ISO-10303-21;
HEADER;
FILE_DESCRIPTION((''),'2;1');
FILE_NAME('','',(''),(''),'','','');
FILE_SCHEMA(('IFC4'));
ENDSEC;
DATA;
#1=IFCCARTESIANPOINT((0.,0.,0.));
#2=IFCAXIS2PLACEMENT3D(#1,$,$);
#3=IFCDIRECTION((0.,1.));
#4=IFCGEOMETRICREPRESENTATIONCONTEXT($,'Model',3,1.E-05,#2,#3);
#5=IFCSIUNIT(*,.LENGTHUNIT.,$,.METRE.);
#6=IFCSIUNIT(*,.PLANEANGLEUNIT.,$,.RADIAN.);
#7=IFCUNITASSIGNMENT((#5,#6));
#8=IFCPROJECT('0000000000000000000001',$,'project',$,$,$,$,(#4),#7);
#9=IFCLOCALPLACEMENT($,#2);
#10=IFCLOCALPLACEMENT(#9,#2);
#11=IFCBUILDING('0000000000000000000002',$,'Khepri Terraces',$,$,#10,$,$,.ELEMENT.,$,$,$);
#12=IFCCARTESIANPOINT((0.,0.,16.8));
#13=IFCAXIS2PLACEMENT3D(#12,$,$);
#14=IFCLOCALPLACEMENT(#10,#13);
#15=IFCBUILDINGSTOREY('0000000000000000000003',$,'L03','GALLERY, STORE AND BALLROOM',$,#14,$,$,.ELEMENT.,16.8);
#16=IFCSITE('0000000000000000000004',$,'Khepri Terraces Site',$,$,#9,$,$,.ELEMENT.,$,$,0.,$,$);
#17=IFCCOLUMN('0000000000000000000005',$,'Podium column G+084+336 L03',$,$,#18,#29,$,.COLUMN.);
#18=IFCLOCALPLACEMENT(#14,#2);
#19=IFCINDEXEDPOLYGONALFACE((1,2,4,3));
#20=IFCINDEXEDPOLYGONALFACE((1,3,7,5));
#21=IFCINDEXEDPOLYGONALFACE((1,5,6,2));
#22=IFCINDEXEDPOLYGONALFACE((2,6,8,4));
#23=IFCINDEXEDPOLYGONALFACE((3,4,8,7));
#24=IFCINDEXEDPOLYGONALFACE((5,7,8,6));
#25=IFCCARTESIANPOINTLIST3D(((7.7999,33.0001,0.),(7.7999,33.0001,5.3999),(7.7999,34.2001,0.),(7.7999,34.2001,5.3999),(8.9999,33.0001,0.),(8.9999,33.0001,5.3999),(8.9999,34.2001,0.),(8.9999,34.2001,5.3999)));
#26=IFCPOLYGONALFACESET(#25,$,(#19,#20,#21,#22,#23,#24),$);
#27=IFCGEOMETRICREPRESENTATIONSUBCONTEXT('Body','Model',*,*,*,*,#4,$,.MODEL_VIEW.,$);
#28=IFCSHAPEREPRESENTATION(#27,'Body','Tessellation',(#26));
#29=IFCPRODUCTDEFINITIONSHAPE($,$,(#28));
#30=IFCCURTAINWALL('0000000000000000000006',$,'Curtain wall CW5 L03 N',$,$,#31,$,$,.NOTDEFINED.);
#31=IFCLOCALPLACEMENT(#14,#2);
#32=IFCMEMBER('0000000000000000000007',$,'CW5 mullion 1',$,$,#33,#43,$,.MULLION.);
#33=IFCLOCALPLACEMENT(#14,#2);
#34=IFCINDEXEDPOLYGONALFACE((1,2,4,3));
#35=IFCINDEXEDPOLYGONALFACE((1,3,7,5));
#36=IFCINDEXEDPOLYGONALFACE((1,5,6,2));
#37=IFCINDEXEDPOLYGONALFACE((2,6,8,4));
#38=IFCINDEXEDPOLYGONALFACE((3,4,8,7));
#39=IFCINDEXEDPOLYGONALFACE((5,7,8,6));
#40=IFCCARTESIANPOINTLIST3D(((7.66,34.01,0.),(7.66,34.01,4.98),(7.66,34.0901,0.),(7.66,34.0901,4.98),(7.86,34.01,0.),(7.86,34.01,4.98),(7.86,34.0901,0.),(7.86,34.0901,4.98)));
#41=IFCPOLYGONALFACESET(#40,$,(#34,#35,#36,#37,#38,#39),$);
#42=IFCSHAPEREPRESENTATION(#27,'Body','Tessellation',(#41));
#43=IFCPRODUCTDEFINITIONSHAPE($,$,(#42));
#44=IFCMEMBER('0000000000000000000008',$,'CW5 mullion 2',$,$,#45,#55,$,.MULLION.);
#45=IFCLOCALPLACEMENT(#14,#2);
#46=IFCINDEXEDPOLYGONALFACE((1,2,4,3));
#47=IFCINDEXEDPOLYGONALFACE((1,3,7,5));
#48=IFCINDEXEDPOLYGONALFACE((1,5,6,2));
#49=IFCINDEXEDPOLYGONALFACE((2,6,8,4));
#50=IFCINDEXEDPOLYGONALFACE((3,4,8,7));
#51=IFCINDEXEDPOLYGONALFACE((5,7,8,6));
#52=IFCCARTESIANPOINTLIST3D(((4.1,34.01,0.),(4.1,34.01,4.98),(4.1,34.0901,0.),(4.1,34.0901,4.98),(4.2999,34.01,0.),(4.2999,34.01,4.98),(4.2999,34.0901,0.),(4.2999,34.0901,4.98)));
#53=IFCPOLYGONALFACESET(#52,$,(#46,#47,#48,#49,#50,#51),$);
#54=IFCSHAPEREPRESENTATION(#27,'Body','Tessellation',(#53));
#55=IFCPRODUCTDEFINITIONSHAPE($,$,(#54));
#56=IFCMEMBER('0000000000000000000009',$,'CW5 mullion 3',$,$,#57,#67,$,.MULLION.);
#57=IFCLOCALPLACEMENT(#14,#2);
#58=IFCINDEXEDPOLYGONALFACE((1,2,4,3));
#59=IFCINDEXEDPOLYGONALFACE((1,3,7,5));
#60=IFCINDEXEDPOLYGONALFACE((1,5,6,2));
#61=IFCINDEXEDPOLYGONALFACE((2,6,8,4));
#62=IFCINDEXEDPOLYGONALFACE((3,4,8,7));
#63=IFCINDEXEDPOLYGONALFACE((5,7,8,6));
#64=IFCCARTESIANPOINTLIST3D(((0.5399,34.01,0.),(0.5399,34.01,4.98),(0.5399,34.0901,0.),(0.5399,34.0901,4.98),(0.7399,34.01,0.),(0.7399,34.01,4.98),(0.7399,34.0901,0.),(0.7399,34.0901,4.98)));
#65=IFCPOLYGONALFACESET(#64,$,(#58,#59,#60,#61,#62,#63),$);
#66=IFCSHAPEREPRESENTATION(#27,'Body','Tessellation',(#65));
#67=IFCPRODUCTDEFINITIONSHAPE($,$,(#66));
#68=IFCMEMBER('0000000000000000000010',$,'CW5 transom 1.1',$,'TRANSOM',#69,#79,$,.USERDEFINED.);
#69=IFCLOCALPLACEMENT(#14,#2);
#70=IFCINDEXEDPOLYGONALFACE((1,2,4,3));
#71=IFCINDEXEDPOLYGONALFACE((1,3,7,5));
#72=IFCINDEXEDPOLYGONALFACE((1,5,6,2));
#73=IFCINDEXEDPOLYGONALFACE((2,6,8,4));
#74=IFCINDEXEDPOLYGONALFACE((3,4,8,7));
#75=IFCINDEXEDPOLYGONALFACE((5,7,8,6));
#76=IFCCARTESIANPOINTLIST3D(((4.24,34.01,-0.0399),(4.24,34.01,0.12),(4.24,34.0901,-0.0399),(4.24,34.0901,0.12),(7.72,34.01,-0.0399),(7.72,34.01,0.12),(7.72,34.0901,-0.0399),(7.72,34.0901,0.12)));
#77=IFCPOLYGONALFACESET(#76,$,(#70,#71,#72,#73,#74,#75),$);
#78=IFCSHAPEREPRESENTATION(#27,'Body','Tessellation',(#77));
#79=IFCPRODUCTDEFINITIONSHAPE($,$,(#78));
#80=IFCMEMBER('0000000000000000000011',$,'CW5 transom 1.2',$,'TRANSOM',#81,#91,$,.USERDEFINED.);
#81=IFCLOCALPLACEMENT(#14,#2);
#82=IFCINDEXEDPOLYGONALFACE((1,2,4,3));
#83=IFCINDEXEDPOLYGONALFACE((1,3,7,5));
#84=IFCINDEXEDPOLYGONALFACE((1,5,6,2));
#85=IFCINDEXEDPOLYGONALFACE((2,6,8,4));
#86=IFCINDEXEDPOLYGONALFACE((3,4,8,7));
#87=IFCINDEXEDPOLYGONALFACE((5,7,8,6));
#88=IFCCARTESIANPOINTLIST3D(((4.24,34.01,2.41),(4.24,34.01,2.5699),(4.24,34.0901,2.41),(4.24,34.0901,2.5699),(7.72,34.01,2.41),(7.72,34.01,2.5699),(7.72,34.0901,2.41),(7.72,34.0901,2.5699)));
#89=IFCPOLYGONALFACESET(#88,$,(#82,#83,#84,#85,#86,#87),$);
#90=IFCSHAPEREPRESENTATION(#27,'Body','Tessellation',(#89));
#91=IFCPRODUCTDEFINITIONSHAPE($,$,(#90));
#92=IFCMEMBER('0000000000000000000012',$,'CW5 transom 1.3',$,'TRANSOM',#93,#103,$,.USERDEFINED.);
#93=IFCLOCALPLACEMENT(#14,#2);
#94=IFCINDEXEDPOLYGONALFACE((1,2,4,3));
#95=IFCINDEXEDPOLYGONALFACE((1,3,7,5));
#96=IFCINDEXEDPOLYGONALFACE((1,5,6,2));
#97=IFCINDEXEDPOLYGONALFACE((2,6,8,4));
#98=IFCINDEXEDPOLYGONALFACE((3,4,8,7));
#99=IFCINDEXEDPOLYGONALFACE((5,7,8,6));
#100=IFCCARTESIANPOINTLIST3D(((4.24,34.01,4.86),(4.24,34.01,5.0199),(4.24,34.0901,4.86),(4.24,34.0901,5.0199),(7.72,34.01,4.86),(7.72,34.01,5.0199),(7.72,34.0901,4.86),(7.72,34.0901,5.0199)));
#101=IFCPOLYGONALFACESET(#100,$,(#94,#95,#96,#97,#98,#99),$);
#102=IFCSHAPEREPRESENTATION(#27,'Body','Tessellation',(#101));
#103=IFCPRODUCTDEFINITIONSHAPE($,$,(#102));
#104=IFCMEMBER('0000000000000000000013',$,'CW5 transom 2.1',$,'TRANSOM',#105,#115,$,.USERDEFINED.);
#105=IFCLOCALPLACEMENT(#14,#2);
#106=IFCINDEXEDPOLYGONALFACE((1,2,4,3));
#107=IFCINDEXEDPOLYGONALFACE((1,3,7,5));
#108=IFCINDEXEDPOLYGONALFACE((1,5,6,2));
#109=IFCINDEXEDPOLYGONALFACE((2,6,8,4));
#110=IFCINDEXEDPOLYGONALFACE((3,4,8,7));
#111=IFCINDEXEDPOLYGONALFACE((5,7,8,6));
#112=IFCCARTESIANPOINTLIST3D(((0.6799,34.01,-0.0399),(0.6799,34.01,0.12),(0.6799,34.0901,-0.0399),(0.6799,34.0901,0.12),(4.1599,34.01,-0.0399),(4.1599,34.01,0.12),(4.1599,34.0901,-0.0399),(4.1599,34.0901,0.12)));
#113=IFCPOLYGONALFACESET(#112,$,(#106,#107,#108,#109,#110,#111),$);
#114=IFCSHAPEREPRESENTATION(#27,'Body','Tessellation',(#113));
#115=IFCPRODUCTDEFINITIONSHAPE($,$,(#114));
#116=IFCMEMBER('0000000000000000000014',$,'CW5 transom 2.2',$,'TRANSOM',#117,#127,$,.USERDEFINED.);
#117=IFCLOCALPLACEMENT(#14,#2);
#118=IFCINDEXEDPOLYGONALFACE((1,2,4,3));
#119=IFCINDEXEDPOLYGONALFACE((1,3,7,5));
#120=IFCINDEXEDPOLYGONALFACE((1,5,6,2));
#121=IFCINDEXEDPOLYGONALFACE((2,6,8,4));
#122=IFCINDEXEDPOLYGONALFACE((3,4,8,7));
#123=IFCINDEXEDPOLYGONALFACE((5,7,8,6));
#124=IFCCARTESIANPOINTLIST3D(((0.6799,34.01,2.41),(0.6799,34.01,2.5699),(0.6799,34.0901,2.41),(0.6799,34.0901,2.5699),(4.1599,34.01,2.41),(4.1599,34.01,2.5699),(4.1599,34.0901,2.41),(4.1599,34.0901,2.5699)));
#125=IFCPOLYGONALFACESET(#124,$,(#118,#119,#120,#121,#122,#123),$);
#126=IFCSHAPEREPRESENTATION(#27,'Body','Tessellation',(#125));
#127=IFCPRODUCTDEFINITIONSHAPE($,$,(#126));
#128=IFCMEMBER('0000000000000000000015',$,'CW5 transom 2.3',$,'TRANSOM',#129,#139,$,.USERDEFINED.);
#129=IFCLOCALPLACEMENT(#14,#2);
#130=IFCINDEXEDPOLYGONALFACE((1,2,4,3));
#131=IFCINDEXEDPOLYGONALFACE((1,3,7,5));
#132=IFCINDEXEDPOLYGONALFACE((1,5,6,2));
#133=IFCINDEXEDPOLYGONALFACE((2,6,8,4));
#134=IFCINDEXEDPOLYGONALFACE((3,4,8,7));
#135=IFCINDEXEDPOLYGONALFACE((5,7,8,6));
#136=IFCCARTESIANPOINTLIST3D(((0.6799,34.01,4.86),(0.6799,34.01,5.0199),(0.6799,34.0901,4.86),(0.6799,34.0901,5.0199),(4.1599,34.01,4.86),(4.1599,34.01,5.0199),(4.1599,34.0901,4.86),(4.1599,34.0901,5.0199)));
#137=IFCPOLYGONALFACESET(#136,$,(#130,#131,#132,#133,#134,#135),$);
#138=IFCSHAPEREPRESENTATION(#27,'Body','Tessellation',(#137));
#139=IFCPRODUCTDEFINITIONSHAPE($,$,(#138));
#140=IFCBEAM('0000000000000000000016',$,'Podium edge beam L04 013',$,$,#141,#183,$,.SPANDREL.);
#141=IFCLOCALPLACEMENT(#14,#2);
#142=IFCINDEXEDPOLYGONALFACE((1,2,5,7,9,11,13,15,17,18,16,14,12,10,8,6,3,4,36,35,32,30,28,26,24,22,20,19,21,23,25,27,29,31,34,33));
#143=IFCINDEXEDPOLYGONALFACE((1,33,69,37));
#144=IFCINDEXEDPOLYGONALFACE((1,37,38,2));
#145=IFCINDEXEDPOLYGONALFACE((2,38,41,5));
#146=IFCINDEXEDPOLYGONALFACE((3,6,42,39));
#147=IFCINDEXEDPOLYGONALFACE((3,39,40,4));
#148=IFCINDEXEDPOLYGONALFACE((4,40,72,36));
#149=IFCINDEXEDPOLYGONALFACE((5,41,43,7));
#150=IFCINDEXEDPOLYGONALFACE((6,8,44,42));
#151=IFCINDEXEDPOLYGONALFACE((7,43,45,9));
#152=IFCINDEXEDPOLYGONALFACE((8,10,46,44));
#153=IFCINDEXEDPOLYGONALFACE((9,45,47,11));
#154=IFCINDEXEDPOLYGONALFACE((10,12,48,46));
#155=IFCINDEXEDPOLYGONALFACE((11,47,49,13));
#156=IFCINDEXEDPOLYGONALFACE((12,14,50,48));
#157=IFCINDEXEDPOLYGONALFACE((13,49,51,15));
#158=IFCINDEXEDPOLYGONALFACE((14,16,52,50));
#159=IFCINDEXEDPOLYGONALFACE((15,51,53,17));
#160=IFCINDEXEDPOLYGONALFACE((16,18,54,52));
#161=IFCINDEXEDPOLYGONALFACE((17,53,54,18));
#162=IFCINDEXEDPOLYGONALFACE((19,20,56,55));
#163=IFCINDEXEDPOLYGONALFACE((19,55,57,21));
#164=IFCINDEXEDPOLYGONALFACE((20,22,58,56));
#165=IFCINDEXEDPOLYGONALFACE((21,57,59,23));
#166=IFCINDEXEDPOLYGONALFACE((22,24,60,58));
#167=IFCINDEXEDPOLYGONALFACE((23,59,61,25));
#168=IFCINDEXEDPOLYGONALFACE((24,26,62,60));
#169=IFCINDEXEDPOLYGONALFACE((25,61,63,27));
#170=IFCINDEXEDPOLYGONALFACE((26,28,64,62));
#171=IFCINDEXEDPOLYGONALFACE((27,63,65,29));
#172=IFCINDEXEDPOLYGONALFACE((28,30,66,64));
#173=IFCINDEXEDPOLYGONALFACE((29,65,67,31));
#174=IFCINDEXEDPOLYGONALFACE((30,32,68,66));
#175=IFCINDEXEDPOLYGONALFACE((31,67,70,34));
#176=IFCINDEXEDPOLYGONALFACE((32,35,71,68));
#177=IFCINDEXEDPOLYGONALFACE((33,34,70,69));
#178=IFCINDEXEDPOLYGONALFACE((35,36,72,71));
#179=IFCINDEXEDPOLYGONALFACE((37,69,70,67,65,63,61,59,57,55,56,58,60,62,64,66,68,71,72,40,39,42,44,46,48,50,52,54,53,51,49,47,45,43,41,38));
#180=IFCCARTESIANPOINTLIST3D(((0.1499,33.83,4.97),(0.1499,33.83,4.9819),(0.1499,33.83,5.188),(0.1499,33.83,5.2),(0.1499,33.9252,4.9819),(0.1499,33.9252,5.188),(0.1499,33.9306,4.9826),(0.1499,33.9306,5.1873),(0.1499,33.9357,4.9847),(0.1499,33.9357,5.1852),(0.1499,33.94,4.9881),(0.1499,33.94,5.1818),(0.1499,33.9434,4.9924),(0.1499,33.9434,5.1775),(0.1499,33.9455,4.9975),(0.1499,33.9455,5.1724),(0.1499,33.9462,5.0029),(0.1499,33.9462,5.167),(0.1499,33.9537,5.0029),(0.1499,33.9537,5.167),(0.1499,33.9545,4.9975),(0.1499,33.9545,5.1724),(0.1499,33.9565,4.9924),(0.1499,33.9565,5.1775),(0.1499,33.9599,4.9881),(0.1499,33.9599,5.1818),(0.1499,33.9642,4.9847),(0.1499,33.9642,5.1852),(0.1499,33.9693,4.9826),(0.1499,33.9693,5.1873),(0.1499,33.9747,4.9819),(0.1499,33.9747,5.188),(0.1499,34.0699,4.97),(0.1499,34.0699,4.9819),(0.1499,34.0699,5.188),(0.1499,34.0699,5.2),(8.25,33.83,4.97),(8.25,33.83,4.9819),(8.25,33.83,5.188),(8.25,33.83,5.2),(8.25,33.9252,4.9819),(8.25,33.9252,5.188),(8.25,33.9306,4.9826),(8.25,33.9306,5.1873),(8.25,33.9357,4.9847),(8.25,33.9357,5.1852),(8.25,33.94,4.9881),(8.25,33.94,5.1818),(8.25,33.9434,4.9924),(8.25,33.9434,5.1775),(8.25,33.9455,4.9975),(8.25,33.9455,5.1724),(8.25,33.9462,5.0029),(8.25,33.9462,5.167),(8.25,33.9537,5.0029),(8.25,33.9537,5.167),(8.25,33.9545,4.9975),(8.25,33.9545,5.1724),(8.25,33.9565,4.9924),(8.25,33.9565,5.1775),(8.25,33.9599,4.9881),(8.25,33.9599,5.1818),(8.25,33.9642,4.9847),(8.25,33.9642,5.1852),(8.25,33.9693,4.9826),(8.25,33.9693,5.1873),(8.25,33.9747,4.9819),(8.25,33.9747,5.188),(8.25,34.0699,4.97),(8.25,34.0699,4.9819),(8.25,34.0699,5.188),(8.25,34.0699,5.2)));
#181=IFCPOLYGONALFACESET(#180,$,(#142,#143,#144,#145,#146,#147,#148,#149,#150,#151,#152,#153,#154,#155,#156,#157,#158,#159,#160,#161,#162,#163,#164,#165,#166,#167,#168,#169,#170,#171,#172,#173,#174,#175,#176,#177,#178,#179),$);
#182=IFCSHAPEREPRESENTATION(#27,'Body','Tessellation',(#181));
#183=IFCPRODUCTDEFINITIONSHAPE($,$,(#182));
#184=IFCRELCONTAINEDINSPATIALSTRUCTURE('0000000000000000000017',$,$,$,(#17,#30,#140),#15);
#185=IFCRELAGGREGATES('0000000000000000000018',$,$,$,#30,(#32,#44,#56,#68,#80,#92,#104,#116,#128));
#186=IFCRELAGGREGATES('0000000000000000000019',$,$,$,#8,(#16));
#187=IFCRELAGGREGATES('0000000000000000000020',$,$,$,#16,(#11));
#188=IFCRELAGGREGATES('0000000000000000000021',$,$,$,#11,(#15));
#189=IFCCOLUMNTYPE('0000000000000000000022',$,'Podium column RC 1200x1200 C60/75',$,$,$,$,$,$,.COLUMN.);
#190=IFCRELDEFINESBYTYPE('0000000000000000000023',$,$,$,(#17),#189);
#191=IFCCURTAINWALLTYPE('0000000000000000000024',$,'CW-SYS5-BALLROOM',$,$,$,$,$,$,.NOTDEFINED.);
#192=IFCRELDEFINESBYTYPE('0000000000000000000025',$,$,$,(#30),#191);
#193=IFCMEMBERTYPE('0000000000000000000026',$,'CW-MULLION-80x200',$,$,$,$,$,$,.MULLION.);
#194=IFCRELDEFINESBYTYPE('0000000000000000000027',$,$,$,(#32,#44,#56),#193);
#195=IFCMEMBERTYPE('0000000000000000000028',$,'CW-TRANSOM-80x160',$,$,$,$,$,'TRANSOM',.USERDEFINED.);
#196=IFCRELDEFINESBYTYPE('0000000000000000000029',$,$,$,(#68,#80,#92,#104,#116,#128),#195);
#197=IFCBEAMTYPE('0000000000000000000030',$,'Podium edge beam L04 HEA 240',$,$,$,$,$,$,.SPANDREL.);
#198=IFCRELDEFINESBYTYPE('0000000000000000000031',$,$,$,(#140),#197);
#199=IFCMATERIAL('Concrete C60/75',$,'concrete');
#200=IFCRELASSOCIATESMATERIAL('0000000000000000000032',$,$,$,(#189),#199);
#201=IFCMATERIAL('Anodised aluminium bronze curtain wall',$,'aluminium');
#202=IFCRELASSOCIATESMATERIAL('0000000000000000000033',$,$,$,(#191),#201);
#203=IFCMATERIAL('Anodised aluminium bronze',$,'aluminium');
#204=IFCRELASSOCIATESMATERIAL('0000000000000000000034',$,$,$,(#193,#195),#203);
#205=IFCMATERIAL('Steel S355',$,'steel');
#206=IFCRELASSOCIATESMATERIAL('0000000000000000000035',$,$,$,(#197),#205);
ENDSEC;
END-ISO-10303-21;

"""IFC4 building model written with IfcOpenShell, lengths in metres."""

from ifc_helpers import new_model, si_unit, direction, frame, origin, origin_2d, place, context, subcontext, project, spatial, rectangle, i_section, extrude, material, material_profile, profile_set, type_object, element, aggregate, save


model = new_model("IFC4")

# Units and contexts
model_context = context("Model", 3, precision=1e-05, world=origin(), true_north=direction((0.0, 1.0)))
body_context = subcontext(model_context, "Body", "Model", "MODEL_VIEW")
ifc_project = project(units=[si_unit("LENGTHUNIT", "METRE"), si_unit("PLANEANGLEUNIT", "RADIAN")], contexts=[model_context])

# Site, building, storey
site_placement = place(None, origin())
site = spatial("IfcSite", under=ifc_project, at=site_placement, Name="Khepri Terraces Site", CompositionType="ELEMENT", RefElevation=0.0)
building_placement = place(site_placement, origin())
building = spatial("IfcBuilding", under=site, at=building_placement, Name="Khepri Terraces", CompositionType="ELEMENT")
storey_placement = place(building_placement, frame((0.0, 0.0, 16.8)))
storey = spatial("IfcBuildingStorey", under=building, at=storey_placement, Name="L03", Description="GALLERY, STORE AND BALLROOM", CompositionType="ELEMENT", Elevation=16.8)

# Column
ifc_material_1 = material(Name="Concrete C60/75", Category="concrete")
ifc_material_profile_1 = material_profile(ifc_material_1, rectangle(XDim=1.2, YDim=1.2, at=origin_2d()), Name="Concrete C60/75", Category="concrete")
ifc_profile_set_1 = profile_set([ifc_material_profile_1], Name="Concrete C60/75")
column_type = type_object("IfcColumnType", Name="Podium column RC 1200x1200 C60/75", PredefinedType="COLUMN", material=ifc_profile_set_1)
column_placement = place(storey_placement, frame((8.3999, 33.6001, 0.0), z_axis=(0.0, 0.0, 1.0), x_axis=(1.0, 0.0, 0.0)))
element("IfcColumn", 1, at=column_placement, inside=storey, type_object=column_type, Name="Podium column G+084+336 L03", PredefinedType="COLUMN", context=body_context, shape_type="SweptSolid", body=[
    extrude(rectangle(XDim=1.2, YDim=1.2, at=origin_2d()), origin(), (0.0, 0.0, 1.0), 5.3999),
])

# Curtain wall, members
ifc_material_2 = material(Name="Anodised aluminium bronze curtain wall", Category="aluminium")
curtain_wall_type = type_object("IfcCurtainWallType", Name="CW-SYS5-BALLROOM", PredefinedType="NOTDEFINED", material=ifc_material_2)
curtain_wall_placement = place(storey_placement, origin())
curtain_wall = element("IfcCurtainWall", 2, at=curtain_wall_placement, inside=storey, type_object=curtain_wall_type, Name="Curtain wall CW5 L03 N", PredefinedType="NOTDEFINED")
ifc_material_3 = material(Name="Anodised aluminium bronze", Category="aluminium")
ifc_material_profile_2 = material_profile(ifc_material_3, rectangle(XDim=0.0801, YDim=0.2, at=origin_2d()), Name="Anodised aluminium bronze", Category="aluminium")
ifc_profile_set_2 = profile_set([ifc_material_profile_2], Name="Anodised aluminium bronze")
member_type_1 = type_object("IfcMemberType", Name="CW-MULLION-80x200", PredefinedType="MULLION", material=ifc_profile_set_2)
member_1_placement = place(storey_placement, frame((7.76, 34.05, 0.0), z_axis=(0.0, 0.0, 1.0), x_axis=(0.0, -1.0, 0.0)))
member_1 = element("IfcMember", 3, at=member_1_placement, type_object=member_type_1, Name="CW5 mullion 1", PredefinedType="MULLION", context=body_context, shape_type="SweptSolid", body=[
    extrude(rectangle(XDim=0.0801, YDim=0.2, at=origin_2d()), origin(), (0.0, 0.0, 1.0), 4.98),
])
member_2_placement = place(storey_placement, frame((4.2, 34.05, 0.0), z_axis=(0.0, 0.0, 1.0), x_axis=(0.0, -1.0, 0.0)))
member_2 = element("IfcMember", 4, at=member_2_placement, type_object=member_type_1, Name="CW5 mullion 2", PredefinedType="MULLION", context=body_context, shape_type="SweptSolid", body=[
    extrude(rectangle(XDim=0.0801, YDim=0.2, at=origin_2d()), origin(), (0.0, 0.0, 1.0), 4.98),
])
member_3_placement = place(storey_placement, frame((0.6399, 34.05, 0.0), z_axis=(0.0, 0.0, 1.0), x_axis=(0.0, -1.0, 0.0)))
member_3 = element("IfcMember", 5, at=member_3_placement, type_object=member_type_1, Name="CW5 mullion 3", PredefinedType="MULLION", context=body_context, shape_type="SweptSolid", body=[
    extrude(rectangle(XDim=0.0801, YDim=0.2, at=origin_2d()), origin(), (0.0, 0.0, 1.0), 4.98),
])
ifc_material_profile_3 = material_profile(ifc_material_3, rectangle(XDim=0.0801, YDim=0.1599, at=origin_2d()), Name="Anodised aluminium bronze", Category="aluminium")
ifc_profile_set_3 = profile_set([ifc_material_profile_3], Name="Anodised aluminium bronze")
member_type_2 = type_object("IfcMemberType", Name="CW-TRANSOM-80x160", ElementType="TRANSOM", PredefinedType="USERDEFINED", material=ifc_profile_set_3)
member_4_placement = place(storey_placement, frame((7.72, 34.05, 0.04), z_axis=(-1.0, 0.0, 0.0), x_axis=(0.0, -1.0, 0.0)))
member_4 = element("IfcMember", 6, at=member_4_placement, type_object=member_type_2, Name="CW5 transom 1.1", ObjectType="TRANSOM", PredefinedType="USERDEFINED", context=body_context, shape_type="SweptSolid", body=[
    extrude(rectangle(XDim=0.0801, YDim=0.1599, at=origin_2d()), origin(), (0.0, 0.0, 1.0), 3.48),
])
member_5_placement = place(storey_placement, frame((7.72, 34.05, 2.49), z_axis=(-1.0, 0.0, 0.0), x_axis=(0.0, -1.0, 0.0)))
member_5 = element("IfcMember", 7, at=member_5_placement, type_object=member_type_2, Name="CW5 transom 1.2", ObjectType="TRANSOM", PredefinedType="USERDEFINED", context=body_context, shape_type="SweptSolid", body=[
    extrude(rectangle(XDim=0.0801, YDim=0.1599, at=origin_2d()), origin(), (0.0, 0.0, 1.0), 3.48),
])
member_6_placement = place(storey_placement, frame((7.72, 34.05, 4.9399), z_axis=(-1.0, 0.0, 0.0), x_axis=(0.0, -1.0, 0.0)))
member_6 = element("IfcMember", 8, at=member_6_placement, type_object=member_type_2, Name="CW5 transom 1.3", ObjectType="TRANSOM", PredefinedType="USERDEFINED", context=body_context, shape_type="SweptSolid", body=[
    extrude(rectangle(XDim=0.0801, YDim=0.1599, at=origin_2d()), origin(), (0.0, 0.0, 1.0), 3.48),
])
member_7_placement = place(storey_placement, frame((4.1599, 34.05, 0.04), z_axis=(-1.0, 0.0, 0.0), x_axis=(0.0, -1.0, 0.0)))
member_7 = element("IfcMember", 9, at=member_7_placement, type_object=member_type_2, Name="CW5 transom 2.1", ObjectType="TRANSOM", PredefinedType="USERDEFINED", context=body_context, shape_type="SweptSolid", body=[
    extrude(rectangle(XDim=0.0801, YDim=0.1599, at=origin_2d()), origin(), (0.0, 0.0, 1.0), 3.48),
])
member_8_placement = place(storey_placement, frame((4.1599, 34.05, 2.49), z_axis=(-1.0, 0.0, 0.0), x_axis=(0.0, -1.0, 0.0)))
member_8 = element("IfcMember", 10, at=member_8_placement, type_object=member_type_2, Name="CW5 transom 2.2", ObjectType="TRANSOM", PredefinedType="USERDEFINED", context=body_context, shape_type="SweptSolid", body=[
    extrude(rectangle(XDim=0.0801, YDim=0.1599, at=origin_2d()), origin(), (0.0, 0.0, 1.0), 3.48),
])
member_9_placement = place(storey_placement, frame((4.1599, 34.05, 4.9399), z_axis=(-1.0, 0.0, 0.0), x_axis=(0.0, -1.0, 0.0)))
member_9 = element("IfcMember", 11, at=member_9_placement, type_object=member_type_2, Name="CW5 transom 2.3", ObjectType="TRANSOM", PredefinedType="USERDEFINED", context=body_context, shape_type="SweptSolid", body=[
    extrude(rectangle(XDim=0.0801, YDim=0.1599, at=origin_2d()), origin(), (0.0, 0.0, 1.0), 3.48),
])

# Beam
ifc_material_4 = material(Name="Steel S355", Category="steel")
ifc_material_profile_4 = material_profile(ifc_material_4, i_section(OverallWidth=0.24, OverallDepth=0.23, WebThickness=0.0076, FlangeThickness=0.012, FilletRadius=0.021, at=origin_2d()), Name="Steel S355", Category="steel")
ifc_profile_set_4 = profile_set([ifc_material_profile_4], Name="Steel S355")
beam_type_1 = type_object("IfcBeamType", Name="Podium edge beam L04 HEA 240", PredefinedType="SPANDREL", material=ifc_profile_set_4)
beam_1_placement = place(storey_placement, frame((0.1499, 33.95, 5.085), z_axis=(1.0, 0.0, 0.0), x_axis=(0.0, 1.0, 0.0)))
element("IfcBeam", 12, at=beam_1_placement, inside=storey, type_object=beam_type_1, Name="Podium edge beam L04 013", PredefinedType="SPANDREL", context=body_context, shape_type="SweptSolid", body=[
    extrude(i_section(OverallWidth=0.24, OverallDepth=0.23, WebThickness=0.0076, FlangeThickness=0.012, FilletRadius=0.021, at=origin_2d()), origin(), (0.0, 0.0, 1.0), 8.1001),
])

aggregate(curtain_wall, [member_1, member_2, member_3, member_4, member_5, member_6, member_7, member_8, member_9])

save(model, "model.ifc")
